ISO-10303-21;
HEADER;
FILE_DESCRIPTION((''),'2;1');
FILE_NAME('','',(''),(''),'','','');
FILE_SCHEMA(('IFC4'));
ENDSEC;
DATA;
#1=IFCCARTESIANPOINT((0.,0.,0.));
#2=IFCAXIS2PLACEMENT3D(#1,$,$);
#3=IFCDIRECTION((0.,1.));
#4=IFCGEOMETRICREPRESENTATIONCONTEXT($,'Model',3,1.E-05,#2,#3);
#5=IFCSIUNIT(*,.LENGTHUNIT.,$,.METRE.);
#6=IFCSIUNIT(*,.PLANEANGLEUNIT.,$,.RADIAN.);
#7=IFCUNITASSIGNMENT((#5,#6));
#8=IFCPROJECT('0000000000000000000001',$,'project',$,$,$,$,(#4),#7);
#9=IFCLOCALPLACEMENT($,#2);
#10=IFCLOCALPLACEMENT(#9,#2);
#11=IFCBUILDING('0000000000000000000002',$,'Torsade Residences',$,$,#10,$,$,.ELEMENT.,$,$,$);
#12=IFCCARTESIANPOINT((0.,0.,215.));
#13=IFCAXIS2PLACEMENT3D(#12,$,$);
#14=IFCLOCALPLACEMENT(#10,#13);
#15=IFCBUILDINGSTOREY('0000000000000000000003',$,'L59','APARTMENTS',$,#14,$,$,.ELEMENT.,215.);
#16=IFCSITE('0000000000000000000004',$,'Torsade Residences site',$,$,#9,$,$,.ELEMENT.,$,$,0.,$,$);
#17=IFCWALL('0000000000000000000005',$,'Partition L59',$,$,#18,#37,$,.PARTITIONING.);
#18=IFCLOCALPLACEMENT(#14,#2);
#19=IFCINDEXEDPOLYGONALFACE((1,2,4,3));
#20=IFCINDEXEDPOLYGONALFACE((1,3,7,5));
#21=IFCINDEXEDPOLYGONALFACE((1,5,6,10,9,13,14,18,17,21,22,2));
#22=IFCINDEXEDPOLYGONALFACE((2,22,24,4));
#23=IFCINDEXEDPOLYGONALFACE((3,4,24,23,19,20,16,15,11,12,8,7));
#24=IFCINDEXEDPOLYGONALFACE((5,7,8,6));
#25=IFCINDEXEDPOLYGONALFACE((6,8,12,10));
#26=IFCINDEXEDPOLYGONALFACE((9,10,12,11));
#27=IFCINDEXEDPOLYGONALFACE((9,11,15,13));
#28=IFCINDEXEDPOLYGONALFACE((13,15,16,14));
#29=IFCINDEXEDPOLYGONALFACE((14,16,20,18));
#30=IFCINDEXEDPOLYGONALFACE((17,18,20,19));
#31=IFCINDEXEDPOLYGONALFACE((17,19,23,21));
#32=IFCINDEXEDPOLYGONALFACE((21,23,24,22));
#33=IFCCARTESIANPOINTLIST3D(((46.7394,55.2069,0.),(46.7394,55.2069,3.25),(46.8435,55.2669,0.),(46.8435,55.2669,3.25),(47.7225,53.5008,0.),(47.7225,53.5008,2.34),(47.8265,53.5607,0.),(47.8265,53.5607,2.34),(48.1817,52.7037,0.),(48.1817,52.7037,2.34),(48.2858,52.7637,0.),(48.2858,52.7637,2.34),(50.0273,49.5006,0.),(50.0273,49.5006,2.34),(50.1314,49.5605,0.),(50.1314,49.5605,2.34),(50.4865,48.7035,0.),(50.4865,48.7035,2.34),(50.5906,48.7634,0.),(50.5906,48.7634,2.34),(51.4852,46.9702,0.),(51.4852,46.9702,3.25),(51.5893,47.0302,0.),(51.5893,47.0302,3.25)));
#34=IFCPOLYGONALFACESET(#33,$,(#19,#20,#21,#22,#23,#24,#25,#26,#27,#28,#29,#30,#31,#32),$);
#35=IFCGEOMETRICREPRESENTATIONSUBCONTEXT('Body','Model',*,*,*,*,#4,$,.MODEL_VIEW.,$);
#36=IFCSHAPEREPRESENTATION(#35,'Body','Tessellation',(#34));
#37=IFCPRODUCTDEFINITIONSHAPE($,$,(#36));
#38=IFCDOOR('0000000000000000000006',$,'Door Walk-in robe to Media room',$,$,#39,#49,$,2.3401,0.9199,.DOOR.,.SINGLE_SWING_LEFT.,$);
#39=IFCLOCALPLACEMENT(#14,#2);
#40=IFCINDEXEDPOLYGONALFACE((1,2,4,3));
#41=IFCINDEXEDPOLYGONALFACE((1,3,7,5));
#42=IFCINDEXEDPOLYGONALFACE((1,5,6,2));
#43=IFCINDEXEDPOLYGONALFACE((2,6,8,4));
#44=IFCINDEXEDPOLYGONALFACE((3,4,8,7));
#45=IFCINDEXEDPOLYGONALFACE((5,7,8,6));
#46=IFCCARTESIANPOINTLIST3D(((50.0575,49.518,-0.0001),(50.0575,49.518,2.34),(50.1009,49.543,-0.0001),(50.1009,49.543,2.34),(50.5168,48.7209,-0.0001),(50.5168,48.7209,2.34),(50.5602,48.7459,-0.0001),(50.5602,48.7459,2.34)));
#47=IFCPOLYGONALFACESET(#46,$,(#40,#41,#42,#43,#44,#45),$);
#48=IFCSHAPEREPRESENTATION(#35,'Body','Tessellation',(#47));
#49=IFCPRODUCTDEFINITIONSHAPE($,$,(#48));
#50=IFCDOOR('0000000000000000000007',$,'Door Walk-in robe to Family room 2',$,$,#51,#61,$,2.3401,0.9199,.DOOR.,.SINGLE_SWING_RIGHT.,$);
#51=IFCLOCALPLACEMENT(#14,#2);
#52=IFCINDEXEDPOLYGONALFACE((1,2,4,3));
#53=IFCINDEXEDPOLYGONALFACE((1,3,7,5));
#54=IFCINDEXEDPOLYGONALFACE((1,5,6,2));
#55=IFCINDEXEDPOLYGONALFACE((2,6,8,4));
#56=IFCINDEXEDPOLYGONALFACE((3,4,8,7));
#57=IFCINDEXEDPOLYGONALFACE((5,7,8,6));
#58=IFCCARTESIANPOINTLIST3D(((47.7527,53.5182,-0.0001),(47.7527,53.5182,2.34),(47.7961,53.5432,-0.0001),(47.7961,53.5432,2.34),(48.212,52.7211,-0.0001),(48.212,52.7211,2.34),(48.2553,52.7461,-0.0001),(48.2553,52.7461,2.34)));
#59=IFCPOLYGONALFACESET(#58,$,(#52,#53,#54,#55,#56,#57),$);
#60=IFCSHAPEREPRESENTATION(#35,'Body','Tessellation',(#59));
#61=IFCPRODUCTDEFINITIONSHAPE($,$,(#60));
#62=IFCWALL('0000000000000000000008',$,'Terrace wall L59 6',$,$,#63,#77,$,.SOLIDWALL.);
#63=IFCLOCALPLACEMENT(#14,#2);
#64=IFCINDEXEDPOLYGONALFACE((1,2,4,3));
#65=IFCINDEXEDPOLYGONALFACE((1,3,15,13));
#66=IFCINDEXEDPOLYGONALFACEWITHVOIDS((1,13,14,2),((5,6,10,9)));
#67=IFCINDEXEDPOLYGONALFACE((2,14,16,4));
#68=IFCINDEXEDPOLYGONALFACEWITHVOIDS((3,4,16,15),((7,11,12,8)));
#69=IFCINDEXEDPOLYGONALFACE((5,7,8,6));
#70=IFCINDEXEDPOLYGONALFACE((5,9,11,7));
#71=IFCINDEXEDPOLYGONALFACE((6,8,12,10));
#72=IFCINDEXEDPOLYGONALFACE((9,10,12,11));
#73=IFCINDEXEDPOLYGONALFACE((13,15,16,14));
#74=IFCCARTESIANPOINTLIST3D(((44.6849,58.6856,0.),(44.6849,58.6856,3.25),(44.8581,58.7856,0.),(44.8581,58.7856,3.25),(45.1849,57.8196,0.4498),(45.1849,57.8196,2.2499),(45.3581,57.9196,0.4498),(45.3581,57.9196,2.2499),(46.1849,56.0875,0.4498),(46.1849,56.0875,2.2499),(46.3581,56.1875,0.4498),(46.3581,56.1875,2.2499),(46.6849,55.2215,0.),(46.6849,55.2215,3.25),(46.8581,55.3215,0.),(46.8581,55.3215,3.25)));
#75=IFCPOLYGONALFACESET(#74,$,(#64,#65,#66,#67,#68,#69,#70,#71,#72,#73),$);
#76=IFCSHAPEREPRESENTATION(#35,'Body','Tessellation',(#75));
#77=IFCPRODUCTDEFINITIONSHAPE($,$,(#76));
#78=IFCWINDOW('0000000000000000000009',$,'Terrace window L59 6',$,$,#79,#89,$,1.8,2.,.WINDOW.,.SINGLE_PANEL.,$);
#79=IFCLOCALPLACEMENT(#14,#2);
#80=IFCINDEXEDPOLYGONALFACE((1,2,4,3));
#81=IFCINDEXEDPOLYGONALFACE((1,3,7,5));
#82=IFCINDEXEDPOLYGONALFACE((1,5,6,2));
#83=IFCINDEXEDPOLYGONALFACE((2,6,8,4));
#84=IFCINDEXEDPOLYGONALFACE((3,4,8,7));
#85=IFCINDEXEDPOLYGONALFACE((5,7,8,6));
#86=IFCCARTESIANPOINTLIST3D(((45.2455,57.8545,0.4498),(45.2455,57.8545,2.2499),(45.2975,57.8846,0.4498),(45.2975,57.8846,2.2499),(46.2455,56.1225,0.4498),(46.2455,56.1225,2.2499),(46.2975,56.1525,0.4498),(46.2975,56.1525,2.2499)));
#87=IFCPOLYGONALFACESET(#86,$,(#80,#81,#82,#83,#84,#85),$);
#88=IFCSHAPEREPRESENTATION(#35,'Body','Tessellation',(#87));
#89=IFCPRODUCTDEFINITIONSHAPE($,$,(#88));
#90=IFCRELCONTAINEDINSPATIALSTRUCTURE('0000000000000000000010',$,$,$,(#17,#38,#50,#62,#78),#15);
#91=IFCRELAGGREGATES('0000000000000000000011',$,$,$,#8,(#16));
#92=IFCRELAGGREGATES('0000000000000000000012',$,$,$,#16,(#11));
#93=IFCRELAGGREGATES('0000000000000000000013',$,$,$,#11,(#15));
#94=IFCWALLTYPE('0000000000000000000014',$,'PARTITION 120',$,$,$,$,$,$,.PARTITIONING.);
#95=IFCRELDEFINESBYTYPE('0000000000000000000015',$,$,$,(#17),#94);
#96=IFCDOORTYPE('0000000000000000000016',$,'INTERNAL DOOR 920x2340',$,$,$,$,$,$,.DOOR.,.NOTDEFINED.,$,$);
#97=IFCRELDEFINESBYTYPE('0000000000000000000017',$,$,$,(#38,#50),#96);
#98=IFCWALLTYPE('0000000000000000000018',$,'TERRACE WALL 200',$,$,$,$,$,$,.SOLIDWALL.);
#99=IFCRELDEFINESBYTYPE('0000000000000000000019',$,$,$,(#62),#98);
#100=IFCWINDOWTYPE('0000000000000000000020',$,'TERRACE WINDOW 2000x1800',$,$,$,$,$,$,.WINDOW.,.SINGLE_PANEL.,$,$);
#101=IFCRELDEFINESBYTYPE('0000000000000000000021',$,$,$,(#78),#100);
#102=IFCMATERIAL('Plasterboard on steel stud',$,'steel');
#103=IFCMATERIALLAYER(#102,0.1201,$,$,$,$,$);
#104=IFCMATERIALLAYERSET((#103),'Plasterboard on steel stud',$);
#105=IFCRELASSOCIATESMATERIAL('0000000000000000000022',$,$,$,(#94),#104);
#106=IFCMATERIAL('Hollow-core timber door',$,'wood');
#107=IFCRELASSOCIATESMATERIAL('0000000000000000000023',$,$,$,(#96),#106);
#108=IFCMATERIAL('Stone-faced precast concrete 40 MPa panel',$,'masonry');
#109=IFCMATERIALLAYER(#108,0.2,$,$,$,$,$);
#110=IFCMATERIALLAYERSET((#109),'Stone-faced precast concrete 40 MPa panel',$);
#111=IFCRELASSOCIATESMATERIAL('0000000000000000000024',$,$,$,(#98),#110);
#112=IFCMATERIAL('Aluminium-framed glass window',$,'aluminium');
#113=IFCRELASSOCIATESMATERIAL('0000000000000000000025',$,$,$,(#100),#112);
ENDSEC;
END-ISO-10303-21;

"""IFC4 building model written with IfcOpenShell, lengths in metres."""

from ifc_helpers import new_model, si_unit, direction, frame, frame_2d, origin, place, context, subcontext, project, spatial, rectangle, extrude, material, layer, layer_set, type_object, element, fill, save


model = new_model("IFC4")

# Units and contexts
model_context = context("Model", 3, precision=1e-05, world=origin(), true_north=direction((0.0, 1.0)))
body_context = subcontext(model_context, "Body", "Model", "MODEL_VIEW")
ifc_project = project(units=[si_unit("LENGTHUNIT", "METRE"), si_unit("PLANEANGLEUNIT", "RADIAN")], contexts=[model_context])

# Site, building, storey
site_placement = place(None, origin())
site = spatial("IfcSite", under=ifc_project, at=site_placement, Name="Torsade Residences site", CompositionType="ELEMENT", RefElevation=0.0)
building_placement = place(site_placement, origin())
building = spatial("IfcBuilding", under=site, at=building_placement, Name="Torsade Residences", CompositionType="ELEMENT")
storey_placement = place(building_placement, frame((0.0, 0.0, 215.0)))
storey = spatial("IfcBuildingStorey", under=building, at=storey_placement, Name="L59", Description="APARTMENTS", CompositionType="ELEMENT", Elevation=215.0)

# Wall, openings, doors
ifc_material_1 = material(Name="Plasterboard on steel stud", Category="steel")
ifc_layer_1 = layer(ifc_material_1, 0.1201)
ifc_layer_set_1 = layer_set([ifc_layer_1], Name="Plasterboard on steel stud")
wall_type_1 = type_object("IfcWallType", Name="PARTITION 120", PredefinedType="PARTITIONING", material=ifc_layer_set_1)
wall_1_placement = place(storey_placement, frame((46.7915, 55.2368, 0.0), z_axis=(0.0, 0.0, 1.0), x_axis=(0.499236, -0.866466, 0.0)))
wall_1 = element("IfcWall", 1, at=wall_1_placement, inside=storey, type_object=wall_type_1, Name="Partition L59", PredefinedType="PARTITIONING", context=body_context, shape_type="SweptSolid", body=[
    extrude(rectangle(XDim=9.5061, YDim=0.1201, at=frame_2d((4.7529, 0.0))), origin(), (0.0, 0.0, 1.0), 3.25),
])
opening_1_placement = place(wall_1_placement, frame((6.5857, 0.0, 0.0)))
opening_1 = element("IfcOpeningElement", 2, at=opening_1_placement, cuts=wall_1, PredefinedType="OPENING", context=body_context, shape_type="SweptSolid", body=[
    extrude(rectangle(XDim=0.9199, YDim=2.3401, at=frame_2d((0.46, 1.1699))), frame((0.0, 0.0701, 0.0), z_axis=(0.0, -1.0, 0.0), x_axis=(1.0, 0.0, 0.0)), (0.0, 0.0, 1.0), 0.1401),
])
opening_2_placement = place(wall_1_placement, frame((1.969, 0.0, 0.0)))
opening_2 = element("IfcOpeningElement", 3, at=opening_2_placement, cuts=wall_1, PredefinedType="OPENING", context=body_context, shape_type="SweptSolid", body=[
    extrude(rectangle(XDim=0.9199, YDim=2.3401, at=frame_2d((0.46, 1.1699))), frame((0.0, 0.0701, 0.0), z_axis=(0.0, -1.0, 0.0), x_axis=(1.0, 0.0, 0.0)), (0.0, 0.0, 1.0), 0.1401),
])
ifc_material_2 = material(Name="Hollow-core timber door", Category="wood")
door_type = type_object("IfcDoorType", Name="INTERNAL DOOR 920x2340", OperationType="NOTDEFINED", PredefinedType="DOOR", material=ifc_material_2)
door_1_placement = place(opening_1_placement, origin())
door_1 = element("IfcDoor", 4, at=door_1_placement, inside=storey, type_object=door_type, Name="Door Walk-in robe to Media room", OperationType="SINGLE_SWING_LEFT", OverallHeight=2.3401, OverallWidth=0.9199, PredefinedType="DOOR", context=body_context, shape_type="SweptSolid", body=[
    extrude(rectangle(XDim=0.9199, YDim=2.3401, at=frame_2d((0.46, 1.1699))), frame((0.0, 0.0249, 0.0), z_axis=(0.0, -1.0, 0.0), x_axis=(1.0, 0.0, 0.0)), (0.0, 0.0, 1.0), 0.05),
])
fill(opening_1, door_1)
door_2_placement = place(opening_2_placement, origin())
door_2 = element("IfcDoor", 5, at=door_2_placement, inside=storey, type_object=door_type, Name="Door Walk-in robe to Family room 2", OperationType="SINGLE_SWING_RIGHT", OverallHeight=2.3401, OverallWidth=0.9199, PredefinedType="DOOR", context=body_context, shape_type="SweptSolid", body=[
    extrude(rectangle(XDim=0.9199, YDim=2.3401, at=frame_2d((0.46, 1.1699))), frame((0.0, 0.0249, 0.0), z_axis=(0.0, -1.0, 0.0), x_axis=(1.0, 0.0, 0.0)), (0.0, 0.0, 1.0), 0.05),
])
fill(opening_2, door_2)

# Wall, opening, window
ifc_material_3 = material(Name="Stone-faced precast concrete 40 MPa panel", Category="masonry")
ifc_layer_2 = layer(ifc_material_3, 0.2)
ifc_layer_set_2 = layer_set([ifc_layer_2], Name="Stone-faced precast concrete 40 MPa panel")
wall_type_2 = type_object("IfcWallType", Name="TERRACE WALL 200", PredefinedType="SOLIDWALL", material=ifc_layer_set_2)
wall_2_placement = place(storey_placement, frame((46.7715, 55.2715, 0.0), z_axis=(0.0, 0.0, 1.0), x_axis=(-0.499999, 0.866026, 0.0)))
wall_2 = element("IfcWall", 6, at=wall_2_placement, inside=storey, type_object=wall_type_2, Name="Terrace wall L59 6", PredefinedType="SOLIDWALL", context=body_context, shape_type="SweptSolid", body=[
    extrude(rectangle(XDim=4.0, YDim=0.2, at=frame_2d((2.0, 0.0))), origin(), (0.0, 0.0, 1.0), 3.25),
])
opening_3_placement = place(wall_2_placement, frame((1.0, 0.0, 0.45)))
opening_3 = element("IfcOpeningElement", 7, at=opening_3_placement, cuts=wall_2, PredefinedType="OPENING", context=body_context, shape_type="SweptSolid", body=[
    extrude(rectangle(XDim=2.0, YDim=1.8, at=frame_2d((1.0, 0.8999))), frame((0.0, 0.1099, 0.0), z_axis=(0.0, -1.0, 0.0), x_axis=(1.0, 0.0, 0.0)), (0.0, 0.0, 1.0), 0.22),
])
ifc_material_4 = material(Name="Aluminium-framed glass window", Category="aluminium")
window_type = type_object("IfcWindowType", Name="TERRACE WINDOW 2000x1800", PartitioningType="SINGLE_PANEL", PredefinedType="WINDOW", material=ifc_material_4)
window_placement = place(opening_3_placement, origin())
window = element("IfcWindow", 8, at=window_placement, inside=storey, type_object=window_type, Name="Terrace window L59 6", OverallHeight=1.8, OverallWidth=2.0, PartitioningType="SINGLE_PANEL", PredefinedType="WINDOW", context=body_context, shape_type="SweptSolid", body=[
    extrude(rectangle(XDim=2.0, YDim=1.8, at=frame_2d((1.0, 0.8999))), frame((0.0, 0.03, 0.0), z_axis=(0.0, -1.0, 0.0), x_axis=(1.0, 0.0, 0.0)), (0.0, 0.0, 1.0), 0.0601),
])
fill(opening_3, window)

save(model, "model.ifc")
